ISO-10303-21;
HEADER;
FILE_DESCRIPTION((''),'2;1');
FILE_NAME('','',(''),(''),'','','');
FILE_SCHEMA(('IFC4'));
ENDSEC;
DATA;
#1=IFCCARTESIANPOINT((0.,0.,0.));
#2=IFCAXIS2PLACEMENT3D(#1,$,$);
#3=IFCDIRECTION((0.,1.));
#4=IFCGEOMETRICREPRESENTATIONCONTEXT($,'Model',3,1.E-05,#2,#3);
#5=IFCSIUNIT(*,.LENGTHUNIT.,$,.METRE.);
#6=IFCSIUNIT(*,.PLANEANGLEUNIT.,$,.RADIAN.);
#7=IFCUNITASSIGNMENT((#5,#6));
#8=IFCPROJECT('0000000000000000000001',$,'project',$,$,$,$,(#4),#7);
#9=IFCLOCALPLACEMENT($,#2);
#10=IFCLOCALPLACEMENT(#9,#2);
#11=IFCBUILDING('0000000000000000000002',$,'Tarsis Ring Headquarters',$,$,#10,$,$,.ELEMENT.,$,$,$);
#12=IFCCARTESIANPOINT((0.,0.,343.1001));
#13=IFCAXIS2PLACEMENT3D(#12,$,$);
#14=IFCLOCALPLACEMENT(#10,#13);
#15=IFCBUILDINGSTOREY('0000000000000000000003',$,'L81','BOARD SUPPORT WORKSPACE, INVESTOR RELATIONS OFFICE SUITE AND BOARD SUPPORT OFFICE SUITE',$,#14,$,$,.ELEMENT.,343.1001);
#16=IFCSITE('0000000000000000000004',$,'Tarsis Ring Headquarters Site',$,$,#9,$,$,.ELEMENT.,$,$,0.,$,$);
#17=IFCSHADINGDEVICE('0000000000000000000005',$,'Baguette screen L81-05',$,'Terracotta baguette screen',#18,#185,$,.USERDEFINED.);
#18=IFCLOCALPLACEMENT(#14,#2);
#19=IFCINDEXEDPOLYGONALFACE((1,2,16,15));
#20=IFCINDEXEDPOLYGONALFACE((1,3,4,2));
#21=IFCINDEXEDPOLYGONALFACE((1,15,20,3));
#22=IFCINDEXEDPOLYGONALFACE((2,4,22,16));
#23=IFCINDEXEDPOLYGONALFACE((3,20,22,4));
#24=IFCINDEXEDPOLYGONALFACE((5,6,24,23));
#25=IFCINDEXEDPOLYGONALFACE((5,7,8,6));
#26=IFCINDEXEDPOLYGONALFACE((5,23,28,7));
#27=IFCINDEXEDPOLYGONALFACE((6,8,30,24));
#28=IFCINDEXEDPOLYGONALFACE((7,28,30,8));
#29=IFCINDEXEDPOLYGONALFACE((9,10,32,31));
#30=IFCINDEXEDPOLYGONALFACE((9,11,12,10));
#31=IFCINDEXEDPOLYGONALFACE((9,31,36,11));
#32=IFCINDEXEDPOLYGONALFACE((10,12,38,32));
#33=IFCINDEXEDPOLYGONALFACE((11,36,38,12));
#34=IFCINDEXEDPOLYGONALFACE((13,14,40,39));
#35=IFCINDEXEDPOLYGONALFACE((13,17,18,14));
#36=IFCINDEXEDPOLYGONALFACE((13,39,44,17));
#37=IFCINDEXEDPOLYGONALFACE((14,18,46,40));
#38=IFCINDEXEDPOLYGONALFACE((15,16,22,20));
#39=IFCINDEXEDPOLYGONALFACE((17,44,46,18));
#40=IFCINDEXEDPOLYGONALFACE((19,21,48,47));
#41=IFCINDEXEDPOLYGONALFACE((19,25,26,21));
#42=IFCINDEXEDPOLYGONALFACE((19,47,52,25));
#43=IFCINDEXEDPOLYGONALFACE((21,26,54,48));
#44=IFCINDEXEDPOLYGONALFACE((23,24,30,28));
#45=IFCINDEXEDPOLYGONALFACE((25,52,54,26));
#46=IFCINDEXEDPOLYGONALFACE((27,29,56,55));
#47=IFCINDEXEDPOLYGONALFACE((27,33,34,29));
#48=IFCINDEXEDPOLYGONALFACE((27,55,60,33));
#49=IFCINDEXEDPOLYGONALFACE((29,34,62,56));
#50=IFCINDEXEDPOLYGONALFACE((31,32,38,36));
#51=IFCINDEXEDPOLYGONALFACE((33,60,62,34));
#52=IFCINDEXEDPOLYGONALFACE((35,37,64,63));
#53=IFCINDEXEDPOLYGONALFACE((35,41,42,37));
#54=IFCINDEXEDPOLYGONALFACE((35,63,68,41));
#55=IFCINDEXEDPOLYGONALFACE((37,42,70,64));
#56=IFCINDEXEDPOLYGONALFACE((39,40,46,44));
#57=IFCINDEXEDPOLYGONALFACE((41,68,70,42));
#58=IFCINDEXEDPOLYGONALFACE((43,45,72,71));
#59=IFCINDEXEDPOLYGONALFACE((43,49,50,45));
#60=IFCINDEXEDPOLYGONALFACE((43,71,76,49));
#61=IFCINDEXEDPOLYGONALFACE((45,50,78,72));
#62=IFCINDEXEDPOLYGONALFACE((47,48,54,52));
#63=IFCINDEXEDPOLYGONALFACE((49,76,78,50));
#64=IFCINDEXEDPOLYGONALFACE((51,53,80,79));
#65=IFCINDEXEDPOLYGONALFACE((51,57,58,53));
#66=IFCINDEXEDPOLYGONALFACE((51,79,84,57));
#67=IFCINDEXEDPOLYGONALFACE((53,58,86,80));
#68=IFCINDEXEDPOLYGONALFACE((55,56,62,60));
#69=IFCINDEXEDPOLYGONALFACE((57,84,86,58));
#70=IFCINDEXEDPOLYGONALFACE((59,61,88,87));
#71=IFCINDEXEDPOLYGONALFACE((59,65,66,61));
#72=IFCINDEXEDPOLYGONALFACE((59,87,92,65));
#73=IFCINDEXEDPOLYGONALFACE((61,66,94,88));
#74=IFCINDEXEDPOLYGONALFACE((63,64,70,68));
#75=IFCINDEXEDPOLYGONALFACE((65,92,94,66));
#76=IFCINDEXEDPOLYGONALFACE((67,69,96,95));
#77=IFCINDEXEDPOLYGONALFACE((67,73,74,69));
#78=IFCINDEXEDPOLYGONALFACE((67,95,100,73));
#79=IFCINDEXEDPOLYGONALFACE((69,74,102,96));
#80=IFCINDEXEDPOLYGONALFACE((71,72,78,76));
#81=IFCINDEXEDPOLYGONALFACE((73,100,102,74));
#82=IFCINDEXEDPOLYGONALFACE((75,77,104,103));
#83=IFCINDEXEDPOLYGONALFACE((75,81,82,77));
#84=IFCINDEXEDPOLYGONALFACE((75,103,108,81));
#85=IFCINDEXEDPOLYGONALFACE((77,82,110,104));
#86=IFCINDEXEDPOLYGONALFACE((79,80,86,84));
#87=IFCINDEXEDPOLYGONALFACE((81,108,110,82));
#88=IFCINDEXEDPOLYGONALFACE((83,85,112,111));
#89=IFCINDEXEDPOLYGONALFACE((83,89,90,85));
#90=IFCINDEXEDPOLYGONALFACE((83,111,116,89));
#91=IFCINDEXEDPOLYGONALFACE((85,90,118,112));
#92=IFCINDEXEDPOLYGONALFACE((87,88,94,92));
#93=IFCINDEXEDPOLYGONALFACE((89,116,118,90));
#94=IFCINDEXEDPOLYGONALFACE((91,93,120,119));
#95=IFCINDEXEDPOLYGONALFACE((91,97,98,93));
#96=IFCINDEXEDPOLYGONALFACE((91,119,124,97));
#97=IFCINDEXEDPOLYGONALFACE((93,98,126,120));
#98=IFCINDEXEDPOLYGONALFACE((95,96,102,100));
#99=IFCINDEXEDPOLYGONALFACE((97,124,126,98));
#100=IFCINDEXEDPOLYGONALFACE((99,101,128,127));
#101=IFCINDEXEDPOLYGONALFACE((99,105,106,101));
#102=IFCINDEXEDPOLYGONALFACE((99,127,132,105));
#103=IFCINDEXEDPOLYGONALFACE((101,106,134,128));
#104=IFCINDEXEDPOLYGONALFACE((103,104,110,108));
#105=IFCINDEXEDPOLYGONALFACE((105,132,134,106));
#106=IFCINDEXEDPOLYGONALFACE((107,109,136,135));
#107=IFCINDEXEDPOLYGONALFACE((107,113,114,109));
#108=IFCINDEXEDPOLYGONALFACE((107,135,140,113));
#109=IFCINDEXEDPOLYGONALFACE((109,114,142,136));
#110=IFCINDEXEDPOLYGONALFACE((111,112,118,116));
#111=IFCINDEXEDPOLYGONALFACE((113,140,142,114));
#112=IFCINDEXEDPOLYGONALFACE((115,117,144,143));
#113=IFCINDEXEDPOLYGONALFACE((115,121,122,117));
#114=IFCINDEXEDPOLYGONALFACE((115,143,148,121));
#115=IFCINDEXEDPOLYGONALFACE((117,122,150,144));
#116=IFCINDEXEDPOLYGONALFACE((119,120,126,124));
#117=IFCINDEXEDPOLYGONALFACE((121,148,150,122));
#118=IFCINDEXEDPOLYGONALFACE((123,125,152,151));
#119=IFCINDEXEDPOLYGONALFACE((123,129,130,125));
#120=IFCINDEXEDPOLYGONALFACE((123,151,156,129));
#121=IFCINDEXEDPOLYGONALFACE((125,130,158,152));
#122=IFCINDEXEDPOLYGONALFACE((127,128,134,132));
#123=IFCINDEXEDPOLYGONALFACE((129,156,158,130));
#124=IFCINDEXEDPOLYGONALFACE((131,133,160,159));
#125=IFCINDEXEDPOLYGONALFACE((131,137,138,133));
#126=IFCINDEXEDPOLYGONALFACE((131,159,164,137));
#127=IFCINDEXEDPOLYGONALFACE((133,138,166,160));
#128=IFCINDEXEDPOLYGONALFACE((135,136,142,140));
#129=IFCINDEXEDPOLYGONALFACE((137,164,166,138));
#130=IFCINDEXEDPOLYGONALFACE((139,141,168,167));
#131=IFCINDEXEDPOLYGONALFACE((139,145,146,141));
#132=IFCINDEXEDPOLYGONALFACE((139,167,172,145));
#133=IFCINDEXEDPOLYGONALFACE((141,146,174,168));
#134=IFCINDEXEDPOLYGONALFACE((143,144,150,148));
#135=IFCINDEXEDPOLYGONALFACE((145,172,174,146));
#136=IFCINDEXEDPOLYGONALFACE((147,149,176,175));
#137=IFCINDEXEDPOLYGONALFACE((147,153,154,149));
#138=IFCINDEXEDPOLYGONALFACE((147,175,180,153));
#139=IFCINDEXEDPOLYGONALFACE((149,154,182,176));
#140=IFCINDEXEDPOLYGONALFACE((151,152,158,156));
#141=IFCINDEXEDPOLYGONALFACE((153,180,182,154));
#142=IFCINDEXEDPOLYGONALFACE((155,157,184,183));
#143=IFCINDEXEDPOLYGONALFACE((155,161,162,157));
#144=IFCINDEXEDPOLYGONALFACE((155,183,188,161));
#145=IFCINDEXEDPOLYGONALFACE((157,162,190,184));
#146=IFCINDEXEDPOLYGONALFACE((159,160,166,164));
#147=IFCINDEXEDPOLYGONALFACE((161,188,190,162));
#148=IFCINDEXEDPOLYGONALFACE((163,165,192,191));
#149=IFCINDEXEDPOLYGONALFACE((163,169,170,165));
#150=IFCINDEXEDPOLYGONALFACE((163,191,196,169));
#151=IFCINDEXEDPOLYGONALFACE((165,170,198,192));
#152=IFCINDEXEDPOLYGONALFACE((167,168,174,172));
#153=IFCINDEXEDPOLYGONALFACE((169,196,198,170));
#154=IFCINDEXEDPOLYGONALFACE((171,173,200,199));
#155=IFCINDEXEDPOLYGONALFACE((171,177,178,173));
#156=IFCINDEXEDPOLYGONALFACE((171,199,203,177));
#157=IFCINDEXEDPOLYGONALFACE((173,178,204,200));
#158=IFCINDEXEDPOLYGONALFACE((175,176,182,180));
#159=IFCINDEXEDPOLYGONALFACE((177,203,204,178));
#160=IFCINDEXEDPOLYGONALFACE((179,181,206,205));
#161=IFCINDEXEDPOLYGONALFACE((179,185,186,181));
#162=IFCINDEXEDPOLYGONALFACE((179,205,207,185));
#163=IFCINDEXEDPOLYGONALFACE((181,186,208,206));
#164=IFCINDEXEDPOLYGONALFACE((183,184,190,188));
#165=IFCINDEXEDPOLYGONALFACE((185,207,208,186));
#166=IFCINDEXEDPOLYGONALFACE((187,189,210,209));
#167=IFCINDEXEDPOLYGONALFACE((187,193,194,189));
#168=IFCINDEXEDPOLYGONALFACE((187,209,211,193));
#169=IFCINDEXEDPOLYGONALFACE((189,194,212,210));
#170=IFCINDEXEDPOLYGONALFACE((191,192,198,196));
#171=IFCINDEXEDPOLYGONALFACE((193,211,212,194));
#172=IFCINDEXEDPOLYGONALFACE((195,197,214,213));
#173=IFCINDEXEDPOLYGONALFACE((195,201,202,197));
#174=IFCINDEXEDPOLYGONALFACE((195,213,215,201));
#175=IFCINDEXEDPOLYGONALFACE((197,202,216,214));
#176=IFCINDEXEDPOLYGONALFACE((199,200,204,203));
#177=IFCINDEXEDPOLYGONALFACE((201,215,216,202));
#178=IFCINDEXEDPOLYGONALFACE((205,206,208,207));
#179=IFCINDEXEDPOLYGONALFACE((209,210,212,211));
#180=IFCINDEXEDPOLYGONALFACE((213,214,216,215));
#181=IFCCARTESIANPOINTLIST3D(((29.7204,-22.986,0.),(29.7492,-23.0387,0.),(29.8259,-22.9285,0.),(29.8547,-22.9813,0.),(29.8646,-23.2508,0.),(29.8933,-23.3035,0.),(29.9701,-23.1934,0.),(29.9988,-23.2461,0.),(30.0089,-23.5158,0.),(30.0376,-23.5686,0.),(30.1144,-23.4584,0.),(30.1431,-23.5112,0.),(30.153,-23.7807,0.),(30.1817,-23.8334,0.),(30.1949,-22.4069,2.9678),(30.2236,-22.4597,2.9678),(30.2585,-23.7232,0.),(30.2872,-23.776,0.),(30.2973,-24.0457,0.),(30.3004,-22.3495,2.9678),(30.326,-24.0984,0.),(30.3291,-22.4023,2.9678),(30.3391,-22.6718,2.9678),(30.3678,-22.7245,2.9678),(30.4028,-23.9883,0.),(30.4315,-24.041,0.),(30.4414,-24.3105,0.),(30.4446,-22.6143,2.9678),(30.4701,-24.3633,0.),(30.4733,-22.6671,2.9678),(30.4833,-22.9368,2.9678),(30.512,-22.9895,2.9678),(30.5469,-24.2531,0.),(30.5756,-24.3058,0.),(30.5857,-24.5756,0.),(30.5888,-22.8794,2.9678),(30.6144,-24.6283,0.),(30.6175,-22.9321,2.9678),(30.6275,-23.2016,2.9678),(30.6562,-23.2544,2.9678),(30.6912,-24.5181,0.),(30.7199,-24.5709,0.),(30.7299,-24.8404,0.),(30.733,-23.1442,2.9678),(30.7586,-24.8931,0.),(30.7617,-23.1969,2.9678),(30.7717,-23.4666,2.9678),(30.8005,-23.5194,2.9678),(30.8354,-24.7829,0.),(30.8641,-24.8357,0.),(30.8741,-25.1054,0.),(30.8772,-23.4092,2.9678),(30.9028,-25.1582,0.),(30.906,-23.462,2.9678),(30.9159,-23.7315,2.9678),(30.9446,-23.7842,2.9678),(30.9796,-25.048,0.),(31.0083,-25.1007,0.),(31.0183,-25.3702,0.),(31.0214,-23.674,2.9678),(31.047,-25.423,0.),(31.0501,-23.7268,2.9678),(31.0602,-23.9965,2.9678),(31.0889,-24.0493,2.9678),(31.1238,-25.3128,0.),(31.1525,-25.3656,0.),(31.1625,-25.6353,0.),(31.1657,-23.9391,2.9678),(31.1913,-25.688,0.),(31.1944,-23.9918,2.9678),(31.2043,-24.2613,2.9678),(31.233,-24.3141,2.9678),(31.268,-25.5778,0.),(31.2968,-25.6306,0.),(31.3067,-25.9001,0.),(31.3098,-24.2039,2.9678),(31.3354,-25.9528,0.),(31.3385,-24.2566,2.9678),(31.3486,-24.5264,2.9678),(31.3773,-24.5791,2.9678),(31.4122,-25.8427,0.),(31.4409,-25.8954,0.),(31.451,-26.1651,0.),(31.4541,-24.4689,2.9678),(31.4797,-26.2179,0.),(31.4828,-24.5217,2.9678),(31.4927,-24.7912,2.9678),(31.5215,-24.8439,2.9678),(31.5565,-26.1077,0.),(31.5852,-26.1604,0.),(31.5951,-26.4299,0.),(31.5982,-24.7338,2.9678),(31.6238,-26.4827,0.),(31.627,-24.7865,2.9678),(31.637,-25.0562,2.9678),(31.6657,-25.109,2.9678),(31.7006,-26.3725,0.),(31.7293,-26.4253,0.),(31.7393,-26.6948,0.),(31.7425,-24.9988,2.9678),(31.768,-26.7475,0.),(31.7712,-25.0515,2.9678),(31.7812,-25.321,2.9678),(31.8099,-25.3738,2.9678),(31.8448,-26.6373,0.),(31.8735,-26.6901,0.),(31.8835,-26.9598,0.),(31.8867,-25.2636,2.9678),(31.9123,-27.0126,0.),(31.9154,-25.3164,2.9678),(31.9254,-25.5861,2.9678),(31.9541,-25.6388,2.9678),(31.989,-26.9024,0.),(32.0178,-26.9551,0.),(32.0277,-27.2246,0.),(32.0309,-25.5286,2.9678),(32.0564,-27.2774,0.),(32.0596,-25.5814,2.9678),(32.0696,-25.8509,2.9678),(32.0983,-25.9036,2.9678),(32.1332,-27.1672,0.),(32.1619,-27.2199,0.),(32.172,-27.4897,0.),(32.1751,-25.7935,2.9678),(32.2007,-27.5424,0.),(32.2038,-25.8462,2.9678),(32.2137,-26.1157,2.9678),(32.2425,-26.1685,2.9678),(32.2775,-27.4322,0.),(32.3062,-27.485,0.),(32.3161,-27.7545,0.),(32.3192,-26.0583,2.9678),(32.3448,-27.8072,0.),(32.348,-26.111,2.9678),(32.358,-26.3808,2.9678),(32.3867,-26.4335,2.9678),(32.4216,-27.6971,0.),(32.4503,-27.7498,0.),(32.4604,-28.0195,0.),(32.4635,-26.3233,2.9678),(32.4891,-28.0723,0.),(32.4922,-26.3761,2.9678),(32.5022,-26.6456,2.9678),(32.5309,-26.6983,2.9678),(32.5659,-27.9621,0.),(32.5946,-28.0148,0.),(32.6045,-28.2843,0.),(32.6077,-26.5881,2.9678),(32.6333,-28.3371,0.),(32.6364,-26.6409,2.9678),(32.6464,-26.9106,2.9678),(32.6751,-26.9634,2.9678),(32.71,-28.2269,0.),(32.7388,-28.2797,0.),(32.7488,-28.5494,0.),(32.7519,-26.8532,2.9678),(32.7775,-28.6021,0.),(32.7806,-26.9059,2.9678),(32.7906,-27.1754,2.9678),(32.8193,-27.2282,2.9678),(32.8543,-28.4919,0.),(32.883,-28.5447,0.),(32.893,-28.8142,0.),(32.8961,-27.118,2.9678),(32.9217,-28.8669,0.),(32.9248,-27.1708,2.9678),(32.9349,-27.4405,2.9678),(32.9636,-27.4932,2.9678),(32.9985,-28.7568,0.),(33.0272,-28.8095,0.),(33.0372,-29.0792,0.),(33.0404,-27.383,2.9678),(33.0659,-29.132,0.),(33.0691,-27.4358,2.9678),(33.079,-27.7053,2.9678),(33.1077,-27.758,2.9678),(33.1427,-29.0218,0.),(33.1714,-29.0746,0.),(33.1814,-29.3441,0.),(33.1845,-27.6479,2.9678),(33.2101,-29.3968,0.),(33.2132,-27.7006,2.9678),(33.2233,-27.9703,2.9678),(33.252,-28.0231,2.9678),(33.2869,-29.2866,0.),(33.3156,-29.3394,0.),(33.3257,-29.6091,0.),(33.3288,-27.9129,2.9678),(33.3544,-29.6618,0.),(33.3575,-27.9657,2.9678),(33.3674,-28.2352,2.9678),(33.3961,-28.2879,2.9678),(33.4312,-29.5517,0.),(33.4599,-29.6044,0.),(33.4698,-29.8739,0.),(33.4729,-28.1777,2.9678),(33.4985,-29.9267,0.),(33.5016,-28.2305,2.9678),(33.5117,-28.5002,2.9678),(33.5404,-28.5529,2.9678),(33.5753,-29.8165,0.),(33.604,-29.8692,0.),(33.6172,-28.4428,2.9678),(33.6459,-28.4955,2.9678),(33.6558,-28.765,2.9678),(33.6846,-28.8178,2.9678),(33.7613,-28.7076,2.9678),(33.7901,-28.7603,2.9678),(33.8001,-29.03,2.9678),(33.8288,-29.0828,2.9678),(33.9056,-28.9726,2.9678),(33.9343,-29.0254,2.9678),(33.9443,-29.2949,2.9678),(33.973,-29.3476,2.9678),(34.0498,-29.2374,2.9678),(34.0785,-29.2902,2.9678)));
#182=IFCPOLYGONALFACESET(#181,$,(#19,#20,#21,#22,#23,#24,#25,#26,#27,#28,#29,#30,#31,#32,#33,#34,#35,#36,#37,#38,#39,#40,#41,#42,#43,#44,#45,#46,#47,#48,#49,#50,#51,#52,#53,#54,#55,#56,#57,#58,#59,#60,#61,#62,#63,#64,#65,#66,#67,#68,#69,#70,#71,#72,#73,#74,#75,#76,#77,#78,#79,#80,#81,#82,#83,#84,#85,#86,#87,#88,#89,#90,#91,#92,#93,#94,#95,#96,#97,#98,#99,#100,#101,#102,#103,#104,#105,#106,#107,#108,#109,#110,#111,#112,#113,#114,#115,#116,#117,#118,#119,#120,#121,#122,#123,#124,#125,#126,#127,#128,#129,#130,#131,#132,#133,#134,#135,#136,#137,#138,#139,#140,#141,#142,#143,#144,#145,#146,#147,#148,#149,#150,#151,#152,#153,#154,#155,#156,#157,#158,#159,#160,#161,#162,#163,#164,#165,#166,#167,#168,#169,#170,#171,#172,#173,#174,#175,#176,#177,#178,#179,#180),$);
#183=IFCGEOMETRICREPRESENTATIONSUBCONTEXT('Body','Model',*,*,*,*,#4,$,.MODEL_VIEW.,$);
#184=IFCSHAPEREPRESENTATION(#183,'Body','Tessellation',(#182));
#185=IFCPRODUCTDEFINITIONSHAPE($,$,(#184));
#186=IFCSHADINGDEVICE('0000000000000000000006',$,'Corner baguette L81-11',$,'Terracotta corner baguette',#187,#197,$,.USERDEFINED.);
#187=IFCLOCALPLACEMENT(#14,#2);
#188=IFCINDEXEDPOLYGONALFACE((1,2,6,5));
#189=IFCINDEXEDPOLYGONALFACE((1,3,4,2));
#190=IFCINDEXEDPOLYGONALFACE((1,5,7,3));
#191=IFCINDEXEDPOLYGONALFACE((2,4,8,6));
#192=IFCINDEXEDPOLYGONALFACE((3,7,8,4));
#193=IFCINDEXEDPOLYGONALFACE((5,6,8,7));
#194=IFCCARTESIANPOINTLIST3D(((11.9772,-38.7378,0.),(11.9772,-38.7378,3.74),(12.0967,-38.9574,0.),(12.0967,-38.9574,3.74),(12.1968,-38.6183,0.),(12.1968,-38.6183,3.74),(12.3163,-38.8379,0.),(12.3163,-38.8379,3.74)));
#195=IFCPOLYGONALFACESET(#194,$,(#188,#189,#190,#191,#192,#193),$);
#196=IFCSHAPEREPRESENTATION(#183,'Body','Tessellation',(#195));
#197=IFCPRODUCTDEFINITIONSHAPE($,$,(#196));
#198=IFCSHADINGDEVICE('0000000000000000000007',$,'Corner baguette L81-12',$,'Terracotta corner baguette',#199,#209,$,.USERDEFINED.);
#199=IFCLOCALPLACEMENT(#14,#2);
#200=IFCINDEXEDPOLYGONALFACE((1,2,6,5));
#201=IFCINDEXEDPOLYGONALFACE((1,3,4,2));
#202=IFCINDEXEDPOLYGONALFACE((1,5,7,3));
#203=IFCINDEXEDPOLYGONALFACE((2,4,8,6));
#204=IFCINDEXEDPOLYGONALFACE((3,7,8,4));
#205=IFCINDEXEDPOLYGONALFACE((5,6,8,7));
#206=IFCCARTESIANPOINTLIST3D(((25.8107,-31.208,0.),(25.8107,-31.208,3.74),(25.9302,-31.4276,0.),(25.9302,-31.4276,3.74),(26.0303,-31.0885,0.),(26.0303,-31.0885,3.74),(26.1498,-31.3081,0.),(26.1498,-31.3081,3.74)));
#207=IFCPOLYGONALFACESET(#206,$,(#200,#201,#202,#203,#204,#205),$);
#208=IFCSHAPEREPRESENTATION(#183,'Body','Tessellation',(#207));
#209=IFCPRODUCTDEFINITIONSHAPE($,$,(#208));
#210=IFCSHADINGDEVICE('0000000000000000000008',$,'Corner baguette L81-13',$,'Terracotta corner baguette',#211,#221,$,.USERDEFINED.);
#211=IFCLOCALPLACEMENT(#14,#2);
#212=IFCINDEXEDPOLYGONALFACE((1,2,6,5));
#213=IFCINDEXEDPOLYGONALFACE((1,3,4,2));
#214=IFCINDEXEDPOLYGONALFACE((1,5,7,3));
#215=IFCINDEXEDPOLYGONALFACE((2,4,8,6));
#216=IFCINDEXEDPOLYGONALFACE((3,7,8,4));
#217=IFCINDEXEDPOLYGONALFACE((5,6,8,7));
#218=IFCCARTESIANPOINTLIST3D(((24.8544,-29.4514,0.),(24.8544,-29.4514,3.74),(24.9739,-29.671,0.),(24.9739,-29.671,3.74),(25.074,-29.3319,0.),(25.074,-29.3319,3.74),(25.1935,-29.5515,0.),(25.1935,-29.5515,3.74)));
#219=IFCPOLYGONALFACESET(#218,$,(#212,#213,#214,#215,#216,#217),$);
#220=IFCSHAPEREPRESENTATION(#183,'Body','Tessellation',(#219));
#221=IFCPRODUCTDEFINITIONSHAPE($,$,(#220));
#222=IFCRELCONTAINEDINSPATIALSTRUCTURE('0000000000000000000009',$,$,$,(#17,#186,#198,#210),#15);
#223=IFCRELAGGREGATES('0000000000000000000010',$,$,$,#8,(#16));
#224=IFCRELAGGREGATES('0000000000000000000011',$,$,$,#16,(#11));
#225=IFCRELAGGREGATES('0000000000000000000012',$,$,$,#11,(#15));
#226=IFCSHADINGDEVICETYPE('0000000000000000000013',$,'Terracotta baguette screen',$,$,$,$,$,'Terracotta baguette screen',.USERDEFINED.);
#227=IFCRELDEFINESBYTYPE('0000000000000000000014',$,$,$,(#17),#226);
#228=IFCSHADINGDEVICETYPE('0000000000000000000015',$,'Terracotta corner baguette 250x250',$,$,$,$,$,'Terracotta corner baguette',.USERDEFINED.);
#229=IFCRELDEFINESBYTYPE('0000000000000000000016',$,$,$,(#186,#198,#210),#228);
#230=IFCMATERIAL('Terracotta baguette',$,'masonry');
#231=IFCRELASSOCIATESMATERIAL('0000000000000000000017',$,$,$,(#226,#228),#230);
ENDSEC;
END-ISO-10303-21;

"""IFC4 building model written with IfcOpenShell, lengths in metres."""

from ifc_helpers import new_model, si_unit, direction, frame, frame_2d, origin, origin_2d, place, context, subcontext, project, spatial, rectangle, composite_profile, extrude, material, type_object, element, save


model = new_model("IFC4")

# Units and contexts
model_context = context("Model", 3, precision=1e-05, world=origin(), true_north=direction((0.0, 1.0)))
body_context = subcontext(model_context, "Body", "Model", "MODEL_VIEW")
ifc_project = project(units=[si_unit("LENGTHUNIT", "METRE"), si_unit("PLANEANGLEUNIT", "RADIAN")], contexts=[model_context])

# Site, building, storey
site_placement = place(None, origin())
site = spatial("IfcSite", under=ifc_project, at=site_placement, Name="Tarsis Ring Headquarters Site", CompositionType="ELEMENT", RefElevation=0.0)
building_placement = place(site_placement, origin())
building = spatial("IfcBuilding", under=site, at=building_placement, Name="Tarsis Ring Headquarters", CompositionType="ELEMENT")
storey_placement = place(building_placement, frame((0.0, 0.0, 343.1001)))
storey = spatial("IfcBuildingStorey", under=building, at=storey_placement, Name="L81", Description="BOARD SUPPORT WORKSPACE, INVESTOR RELATIONS OFFICE SUITE AND BOARD SUPPORT OFFICE SUITE", CompositionType="ELEMENT", Elevation=343.1001)

# Shading devices
ifc_material_1 = material(Name="Terracotta baguette", Category="masonry")
shading_device_type_1 = type_object("IfcShadingDeviceType", Name="Terracotta baguette screen", ElementType="Terracotta baguette screen", PredefinedType="USERDEFINED", material=ifc_material_1)
shading_device_1_placement = place(storey_placement, frame((33.5513, -29.8979, 0.0), z_axis=(0.0, 0.0, 1.0), x_axis=(-0.478096, 0.878306, 0.0)))
element("IfcShadingDevice", 1, at=shading_device_1_placement, inside=storey, type_object=shading_device_type_1, Name="Baguette screen L81-05", ObjectType="Terracotta baguette screen", PredefinedType="USERDEFINED", context=body_context, shape_type="SweptSolid", body=[
    extrude(composite_profile([rectangle(XDim=0.0601, YDim=0.1201, at=frame_2d((0.03, 0.0))), rectangle(XDim=0.0601, YDim=0.1201, at=frame_2d((0.3315, 0.0))), rectangle(XDim=0.0601, YDim=0.1201, at=frame_2d((0.6333, 0.0))), rectangle(XDim=0.0601, YDim=0.1201, at=frame_2d((0.9348, 0.0))), rectangle(XDim=0.0601, YDim=0.1201, at=frame_2d((1.2366, 0.0))), rectangle(XDim=0.0601, YDim=0.1201, at=frame_2d((1.5381, 0.0))), rectangle(XDim=0.0601, YDim=0.1201, at=frame_2d((1.8398, 0.0))), rectangle(XDim=0.0601, YDim=0.1201, at=frame_2d((2.1414, 0.0))), rectangle(XDim=0.0601, YDim=0.1201, at=frame_2d((2.4431, 0.0))), rectangle(XDim=0.0601, YDim=0.1201, at=frame_2d((2.7446, 0.0))), rectangle(XDim=0.0601, YDim=0.1201, at=frame_2d((3.0464, 0.0))), rectangle(XDim=0.0601, YDim=0.1201, at=frame_2d((3.3479, 0.0))), rectangle(XDim=0.0601, YDim=0.1201, at=frame_2d((3.6497, 0.0))), rectangle(XDim=0.0601, YDim=0.1201, at=frame_2d((3.9512, 0.0))), rectangle(XDim=0.0601, YDim=0.1201, at=frame_2d((4.2527, 0.0))), rectangle(XDim=0.0601, YDim=0.1201, at=frame_2d((4.5544, 0.0))), rectangle(XDim=0.0601, YDim=0.1201, at=frame_2d((4.856, 0.0))), rectangle(XDim=0.0601, YDim=0.1201, at=frame_2d((5.1577, 0.0))), rectangle(XDim=0.0601, YDim=0.1201, at=frame_2d((5.4592, 0.0))), rectangle(XDim=0.0601, YDim=0.1201, at=frame_2d((5.761, 0.0))), rectangle(XDim=0.0601, YDim=0.1201, at=frame_2d((6.0625, 0.0))), rectangle(XDim=0.0601, YDim=0.1201, at=frame_2d((6.3643, 0.0))), rectangle(XDim=0.0601, YDim=0.1201, at=frame_2d((6.6658, 0.0))), rectangle(XDim=0.0601, YDim=0.1201, at=frame_2d((6.9675, 0.0))), rectangle(XDim=0.0601, YDim=0.1201, at=frame_2d((7.269, 0.0))), rectangle(XDim=0.0601, YDim=0.1201, at=frame_2d((7.5708, 0.0))), rectangle(XDim=0.0601, YDim=0.1201, at=frame_2d((7.8723, 0.0)))]), origin(), (0.092049, -0.226597, 0.969629), 3.0608),
])
shading_device_type_2 = type_object("IfcShadingDeviceType", Name="Terracotta corner baguette 250x250", ElementType="Terracotta corner baguette", PredefinedType="USERDEFINED", material=ifc_material_1)
for number, where, z_axis, x_axis, name in (
    (2, (12.1467, -38.7878, 0.0), (0.0, 0.0, 1.0), (0.478079, -0.878317, 0.0), "Corner baguette L81-11"),
    (3, (25.9802, -31.2581, 0.0), (0.0, 0.0, 1.0), (0.878317, 0.478079, 0.0), "Corner baguette L81-12"),
    (4, (25.0239, -29.5015, 0.0), (0.0, 0.0, 1.0), (-0.478079, 0.878317, 0.0), "Corner baguette L81-13"),
):
    element("IfcShadingDevice", number, at=place(storey_placement, frame(where, z_axis=z_axis, x_axis=x_axis)), inside=storey, type_object=shading_device_type_2, Name=name, ObjectType="Terracotta corner baguette", PredefinedType="USERDEFINED", context=body_context, shape_type="SweptSolid", body=[
        extrude(rectangle(XDim=0.25, YDim=0.25, at=origin_2d()), origin(), (0.0, 0.0, 1.0), 3.74),
    ])

save(model, "model.ifc")
